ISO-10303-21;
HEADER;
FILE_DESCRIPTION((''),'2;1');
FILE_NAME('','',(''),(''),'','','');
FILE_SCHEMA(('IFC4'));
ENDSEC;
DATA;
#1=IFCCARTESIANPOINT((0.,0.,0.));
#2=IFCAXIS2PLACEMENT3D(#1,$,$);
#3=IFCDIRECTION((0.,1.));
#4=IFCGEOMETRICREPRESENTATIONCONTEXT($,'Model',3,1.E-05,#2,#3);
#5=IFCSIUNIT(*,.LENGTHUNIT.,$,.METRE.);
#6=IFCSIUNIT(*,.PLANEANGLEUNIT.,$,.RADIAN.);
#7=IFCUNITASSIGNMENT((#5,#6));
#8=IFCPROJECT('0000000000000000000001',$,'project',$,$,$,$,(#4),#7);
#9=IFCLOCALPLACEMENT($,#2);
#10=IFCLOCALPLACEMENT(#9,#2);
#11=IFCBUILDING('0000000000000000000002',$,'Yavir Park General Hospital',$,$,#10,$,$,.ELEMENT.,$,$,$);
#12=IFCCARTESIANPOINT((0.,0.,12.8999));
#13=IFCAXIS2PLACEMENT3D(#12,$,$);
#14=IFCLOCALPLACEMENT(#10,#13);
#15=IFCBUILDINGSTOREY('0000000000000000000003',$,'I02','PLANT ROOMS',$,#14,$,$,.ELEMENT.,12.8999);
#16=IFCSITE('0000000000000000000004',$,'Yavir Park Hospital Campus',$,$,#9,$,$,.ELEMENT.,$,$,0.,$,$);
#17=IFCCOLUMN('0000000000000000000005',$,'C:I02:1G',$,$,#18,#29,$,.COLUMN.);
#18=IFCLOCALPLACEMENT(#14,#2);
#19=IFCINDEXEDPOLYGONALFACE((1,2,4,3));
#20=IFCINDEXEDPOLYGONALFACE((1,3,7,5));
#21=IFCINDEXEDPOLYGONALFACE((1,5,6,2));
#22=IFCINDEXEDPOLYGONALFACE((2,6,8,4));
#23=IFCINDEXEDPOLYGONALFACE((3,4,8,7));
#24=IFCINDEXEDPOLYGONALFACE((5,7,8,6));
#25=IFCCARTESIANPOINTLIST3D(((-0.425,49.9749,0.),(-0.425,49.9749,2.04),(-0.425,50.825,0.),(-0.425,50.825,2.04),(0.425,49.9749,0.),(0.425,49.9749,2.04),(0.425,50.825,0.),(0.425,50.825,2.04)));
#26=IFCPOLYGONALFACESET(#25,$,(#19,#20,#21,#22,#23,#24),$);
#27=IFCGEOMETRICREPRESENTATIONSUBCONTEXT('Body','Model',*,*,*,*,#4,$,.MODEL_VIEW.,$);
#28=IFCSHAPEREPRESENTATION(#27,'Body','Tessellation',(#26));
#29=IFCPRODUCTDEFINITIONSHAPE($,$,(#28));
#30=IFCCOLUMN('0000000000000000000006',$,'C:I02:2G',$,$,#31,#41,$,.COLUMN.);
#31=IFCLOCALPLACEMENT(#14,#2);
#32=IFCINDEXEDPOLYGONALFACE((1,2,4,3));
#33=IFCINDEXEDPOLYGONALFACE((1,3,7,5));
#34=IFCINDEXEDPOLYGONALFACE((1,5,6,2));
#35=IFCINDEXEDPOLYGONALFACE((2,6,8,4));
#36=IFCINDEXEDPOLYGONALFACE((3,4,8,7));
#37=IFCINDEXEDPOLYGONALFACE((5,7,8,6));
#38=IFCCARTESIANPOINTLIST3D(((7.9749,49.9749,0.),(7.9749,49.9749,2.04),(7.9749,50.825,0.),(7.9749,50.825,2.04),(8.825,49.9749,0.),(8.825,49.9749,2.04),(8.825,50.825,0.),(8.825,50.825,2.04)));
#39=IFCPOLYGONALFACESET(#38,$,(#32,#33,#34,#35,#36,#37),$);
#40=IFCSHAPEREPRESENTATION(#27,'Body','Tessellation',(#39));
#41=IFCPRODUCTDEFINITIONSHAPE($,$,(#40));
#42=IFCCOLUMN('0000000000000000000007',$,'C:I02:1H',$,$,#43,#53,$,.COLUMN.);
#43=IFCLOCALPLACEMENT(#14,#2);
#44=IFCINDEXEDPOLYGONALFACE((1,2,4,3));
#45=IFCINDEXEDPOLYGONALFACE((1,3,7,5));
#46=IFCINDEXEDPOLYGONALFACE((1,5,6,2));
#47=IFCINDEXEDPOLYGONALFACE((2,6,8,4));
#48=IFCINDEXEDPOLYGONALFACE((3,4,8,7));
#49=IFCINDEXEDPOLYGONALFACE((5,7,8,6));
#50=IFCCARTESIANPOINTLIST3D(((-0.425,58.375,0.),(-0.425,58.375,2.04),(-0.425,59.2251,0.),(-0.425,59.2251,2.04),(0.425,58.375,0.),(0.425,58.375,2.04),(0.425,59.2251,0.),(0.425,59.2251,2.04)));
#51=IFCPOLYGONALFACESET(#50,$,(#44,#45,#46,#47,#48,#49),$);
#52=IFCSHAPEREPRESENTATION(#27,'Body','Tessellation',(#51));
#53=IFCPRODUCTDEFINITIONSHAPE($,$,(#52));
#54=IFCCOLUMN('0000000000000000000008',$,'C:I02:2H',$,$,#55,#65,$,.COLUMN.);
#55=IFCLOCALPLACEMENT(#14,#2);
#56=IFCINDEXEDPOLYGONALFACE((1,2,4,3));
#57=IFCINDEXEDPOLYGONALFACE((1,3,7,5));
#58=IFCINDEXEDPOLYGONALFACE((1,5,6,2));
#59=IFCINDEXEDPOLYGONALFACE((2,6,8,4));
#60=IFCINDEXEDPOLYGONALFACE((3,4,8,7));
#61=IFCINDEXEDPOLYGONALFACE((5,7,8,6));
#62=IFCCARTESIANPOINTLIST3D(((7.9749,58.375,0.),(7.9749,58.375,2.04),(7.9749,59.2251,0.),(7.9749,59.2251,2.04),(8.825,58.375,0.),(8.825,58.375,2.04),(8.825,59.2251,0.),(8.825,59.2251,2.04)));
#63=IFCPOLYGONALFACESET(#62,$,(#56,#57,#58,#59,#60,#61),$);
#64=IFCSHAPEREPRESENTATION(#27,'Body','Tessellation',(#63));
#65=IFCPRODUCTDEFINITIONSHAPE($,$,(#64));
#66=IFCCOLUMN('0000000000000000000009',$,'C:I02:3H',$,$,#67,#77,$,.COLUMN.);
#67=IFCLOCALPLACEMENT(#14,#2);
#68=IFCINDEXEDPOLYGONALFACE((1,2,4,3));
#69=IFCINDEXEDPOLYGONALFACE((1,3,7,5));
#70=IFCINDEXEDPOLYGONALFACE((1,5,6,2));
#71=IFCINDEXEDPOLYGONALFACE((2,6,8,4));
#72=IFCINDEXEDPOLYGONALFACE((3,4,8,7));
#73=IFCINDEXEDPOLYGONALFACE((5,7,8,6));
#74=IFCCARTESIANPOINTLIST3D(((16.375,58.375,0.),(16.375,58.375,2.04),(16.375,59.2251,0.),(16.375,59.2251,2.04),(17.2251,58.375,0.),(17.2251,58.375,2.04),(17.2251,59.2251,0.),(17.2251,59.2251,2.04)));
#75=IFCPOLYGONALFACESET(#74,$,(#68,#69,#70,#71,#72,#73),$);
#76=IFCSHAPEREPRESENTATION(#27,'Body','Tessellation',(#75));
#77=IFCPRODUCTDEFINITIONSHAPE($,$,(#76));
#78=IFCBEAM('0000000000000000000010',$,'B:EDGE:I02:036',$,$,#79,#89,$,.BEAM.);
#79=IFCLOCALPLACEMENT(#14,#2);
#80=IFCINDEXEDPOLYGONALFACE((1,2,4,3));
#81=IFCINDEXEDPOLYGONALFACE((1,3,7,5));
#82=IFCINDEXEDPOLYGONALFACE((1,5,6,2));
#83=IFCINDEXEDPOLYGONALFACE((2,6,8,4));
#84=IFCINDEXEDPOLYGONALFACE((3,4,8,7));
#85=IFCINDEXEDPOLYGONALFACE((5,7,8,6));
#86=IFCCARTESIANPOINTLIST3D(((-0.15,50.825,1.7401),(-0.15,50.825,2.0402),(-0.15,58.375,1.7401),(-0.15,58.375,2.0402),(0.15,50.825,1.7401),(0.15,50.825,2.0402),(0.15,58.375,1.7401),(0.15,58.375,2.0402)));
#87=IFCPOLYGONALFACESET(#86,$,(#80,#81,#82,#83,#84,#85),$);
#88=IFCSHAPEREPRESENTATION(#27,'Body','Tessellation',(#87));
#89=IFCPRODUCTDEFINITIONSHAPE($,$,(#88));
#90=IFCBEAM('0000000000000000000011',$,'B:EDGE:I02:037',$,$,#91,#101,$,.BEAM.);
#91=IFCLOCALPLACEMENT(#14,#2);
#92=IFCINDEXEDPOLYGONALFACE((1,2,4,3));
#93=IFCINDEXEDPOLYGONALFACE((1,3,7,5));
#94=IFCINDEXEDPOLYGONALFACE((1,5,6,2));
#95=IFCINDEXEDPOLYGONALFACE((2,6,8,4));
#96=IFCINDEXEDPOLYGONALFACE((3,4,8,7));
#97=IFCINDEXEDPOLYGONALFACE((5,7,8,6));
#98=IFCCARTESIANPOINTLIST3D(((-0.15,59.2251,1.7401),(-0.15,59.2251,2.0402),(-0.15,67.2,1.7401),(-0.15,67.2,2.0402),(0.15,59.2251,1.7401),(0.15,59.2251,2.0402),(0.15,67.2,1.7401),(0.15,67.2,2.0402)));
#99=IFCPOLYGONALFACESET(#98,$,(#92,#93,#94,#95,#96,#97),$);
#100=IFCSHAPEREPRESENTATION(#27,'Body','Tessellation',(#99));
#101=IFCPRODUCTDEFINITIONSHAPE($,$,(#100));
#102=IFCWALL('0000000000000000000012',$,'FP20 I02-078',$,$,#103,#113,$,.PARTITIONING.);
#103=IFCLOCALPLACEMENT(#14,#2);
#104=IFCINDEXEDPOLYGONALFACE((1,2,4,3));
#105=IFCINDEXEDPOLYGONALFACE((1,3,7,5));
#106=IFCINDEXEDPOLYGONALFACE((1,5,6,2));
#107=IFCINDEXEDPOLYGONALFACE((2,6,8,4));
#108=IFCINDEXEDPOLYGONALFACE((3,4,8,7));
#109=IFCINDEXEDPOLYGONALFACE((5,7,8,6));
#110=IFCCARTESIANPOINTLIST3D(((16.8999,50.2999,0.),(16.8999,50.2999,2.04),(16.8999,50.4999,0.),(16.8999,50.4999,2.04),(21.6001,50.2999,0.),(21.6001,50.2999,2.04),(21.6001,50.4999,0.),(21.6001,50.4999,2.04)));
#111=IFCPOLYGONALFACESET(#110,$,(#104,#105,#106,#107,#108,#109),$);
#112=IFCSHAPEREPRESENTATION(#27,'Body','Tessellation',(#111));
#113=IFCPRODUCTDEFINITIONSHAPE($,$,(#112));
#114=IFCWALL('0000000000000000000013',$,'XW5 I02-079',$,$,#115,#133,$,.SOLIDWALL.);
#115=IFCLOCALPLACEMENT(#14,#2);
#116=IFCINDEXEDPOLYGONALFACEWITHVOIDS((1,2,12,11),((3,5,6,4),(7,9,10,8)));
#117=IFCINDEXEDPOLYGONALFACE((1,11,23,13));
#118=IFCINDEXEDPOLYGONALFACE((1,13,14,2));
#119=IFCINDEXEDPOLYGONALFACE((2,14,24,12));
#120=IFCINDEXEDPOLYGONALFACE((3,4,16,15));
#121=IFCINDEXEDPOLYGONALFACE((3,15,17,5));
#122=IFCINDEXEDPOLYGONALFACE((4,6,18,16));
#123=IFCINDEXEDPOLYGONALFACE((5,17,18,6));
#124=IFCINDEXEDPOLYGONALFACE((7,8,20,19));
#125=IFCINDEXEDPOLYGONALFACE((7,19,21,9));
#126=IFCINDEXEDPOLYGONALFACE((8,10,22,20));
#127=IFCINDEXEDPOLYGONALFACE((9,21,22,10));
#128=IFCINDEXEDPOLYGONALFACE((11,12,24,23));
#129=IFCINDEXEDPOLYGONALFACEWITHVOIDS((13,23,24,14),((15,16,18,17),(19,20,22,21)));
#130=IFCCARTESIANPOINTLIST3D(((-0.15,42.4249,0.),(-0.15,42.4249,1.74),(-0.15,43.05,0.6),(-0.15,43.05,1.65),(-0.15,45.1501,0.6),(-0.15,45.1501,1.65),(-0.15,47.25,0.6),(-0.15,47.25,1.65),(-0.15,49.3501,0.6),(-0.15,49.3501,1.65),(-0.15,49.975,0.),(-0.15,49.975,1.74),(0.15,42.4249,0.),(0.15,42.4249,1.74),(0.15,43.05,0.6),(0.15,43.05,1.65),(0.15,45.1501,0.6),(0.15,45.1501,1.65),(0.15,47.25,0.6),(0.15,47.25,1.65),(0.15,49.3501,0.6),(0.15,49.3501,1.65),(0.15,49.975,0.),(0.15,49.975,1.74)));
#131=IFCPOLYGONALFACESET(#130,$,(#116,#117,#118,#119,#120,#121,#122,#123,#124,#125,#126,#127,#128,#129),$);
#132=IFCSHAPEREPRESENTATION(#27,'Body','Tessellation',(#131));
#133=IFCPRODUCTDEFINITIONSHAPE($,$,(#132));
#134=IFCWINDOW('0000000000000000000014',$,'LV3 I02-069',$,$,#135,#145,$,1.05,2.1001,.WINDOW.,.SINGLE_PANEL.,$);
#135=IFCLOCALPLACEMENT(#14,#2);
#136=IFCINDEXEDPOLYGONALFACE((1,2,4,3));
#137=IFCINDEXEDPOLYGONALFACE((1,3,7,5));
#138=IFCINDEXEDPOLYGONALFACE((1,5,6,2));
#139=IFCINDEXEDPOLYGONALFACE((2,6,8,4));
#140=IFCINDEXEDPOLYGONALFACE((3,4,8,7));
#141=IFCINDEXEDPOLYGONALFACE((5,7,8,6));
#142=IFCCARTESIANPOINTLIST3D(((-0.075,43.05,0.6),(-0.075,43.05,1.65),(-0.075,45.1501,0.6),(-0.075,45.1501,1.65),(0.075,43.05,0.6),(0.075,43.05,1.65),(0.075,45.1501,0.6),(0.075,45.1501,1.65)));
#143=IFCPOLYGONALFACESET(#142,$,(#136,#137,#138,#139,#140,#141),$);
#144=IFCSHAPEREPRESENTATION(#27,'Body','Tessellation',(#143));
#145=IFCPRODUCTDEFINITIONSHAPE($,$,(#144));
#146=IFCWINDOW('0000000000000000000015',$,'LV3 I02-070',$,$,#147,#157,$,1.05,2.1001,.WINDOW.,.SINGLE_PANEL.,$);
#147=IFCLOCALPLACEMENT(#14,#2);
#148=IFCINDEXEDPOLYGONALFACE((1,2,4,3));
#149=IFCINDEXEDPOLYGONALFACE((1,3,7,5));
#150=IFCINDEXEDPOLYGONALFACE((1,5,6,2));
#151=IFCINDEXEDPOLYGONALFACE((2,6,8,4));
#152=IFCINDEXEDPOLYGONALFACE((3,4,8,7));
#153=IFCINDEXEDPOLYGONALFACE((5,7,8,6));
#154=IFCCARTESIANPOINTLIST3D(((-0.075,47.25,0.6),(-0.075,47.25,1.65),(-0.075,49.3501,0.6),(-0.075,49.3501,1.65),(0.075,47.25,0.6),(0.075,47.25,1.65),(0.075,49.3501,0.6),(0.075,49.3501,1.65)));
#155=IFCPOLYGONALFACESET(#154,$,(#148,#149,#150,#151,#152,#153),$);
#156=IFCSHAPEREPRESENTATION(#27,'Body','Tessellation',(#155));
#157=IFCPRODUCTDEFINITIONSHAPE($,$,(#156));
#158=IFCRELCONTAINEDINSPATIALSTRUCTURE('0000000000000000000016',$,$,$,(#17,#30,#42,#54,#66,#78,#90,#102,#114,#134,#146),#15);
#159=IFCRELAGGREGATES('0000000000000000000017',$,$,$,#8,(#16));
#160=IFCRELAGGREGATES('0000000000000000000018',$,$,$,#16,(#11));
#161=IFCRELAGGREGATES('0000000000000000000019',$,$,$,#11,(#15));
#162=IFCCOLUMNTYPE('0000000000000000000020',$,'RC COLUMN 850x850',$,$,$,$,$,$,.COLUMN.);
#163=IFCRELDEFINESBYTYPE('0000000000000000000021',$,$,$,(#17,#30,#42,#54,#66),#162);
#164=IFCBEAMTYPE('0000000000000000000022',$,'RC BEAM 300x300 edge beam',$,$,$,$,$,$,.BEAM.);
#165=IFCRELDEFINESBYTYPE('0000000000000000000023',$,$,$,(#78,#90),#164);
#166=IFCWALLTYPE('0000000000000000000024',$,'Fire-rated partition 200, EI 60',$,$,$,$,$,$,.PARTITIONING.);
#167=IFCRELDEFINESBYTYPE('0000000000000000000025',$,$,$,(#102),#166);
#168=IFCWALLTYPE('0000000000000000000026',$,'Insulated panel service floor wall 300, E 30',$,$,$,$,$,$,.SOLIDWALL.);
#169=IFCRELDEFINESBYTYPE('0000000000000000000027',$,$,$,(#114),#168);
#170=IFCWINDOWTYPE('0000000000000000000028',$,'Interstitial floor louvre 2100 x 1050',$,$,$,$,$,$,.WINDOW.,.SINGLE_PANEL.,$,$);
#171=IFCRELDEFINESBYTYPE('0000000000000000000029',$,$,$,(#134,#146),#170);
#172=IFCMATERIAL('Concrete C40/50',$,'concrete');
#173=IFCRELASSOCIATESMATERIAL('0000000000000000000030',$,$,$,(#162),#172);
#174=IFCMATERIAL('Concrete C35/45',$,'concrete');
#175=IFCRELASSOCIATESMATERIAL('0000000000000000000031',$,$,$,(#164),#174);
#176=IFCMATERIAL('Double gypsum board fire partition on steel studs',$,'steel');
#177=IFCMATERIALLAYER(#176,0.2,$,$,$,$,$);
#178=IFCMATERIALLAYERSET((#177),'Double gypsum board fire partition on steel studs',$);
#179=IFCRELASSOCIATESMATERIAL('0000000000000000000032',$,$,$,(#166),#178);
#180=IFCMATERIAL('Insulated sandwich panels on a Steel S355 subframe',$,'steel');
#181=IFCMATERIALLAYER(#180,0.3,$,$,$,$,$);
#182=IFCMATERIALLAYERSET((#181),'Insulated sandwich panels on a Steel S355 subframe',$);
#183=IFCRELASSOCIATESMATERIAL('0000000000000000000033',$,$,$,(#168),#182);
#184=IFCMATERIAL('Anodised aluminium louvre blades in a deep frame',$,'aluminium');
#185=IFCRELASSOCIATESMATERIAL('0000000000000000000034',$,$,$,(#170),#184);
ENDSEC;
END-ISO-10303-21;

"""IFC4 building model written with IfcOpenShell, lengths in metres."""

from ifc_helpers import new_model, si_unit, direction, frame, frame_2d, origin, origin_2d, place, context, subcontext, project, spatial, rectangle, extrude, material, layer, layer_set, material_profile, profile_set, type_object, element, fill, save


model = new_model("IFC4")

# Units and contexts
model_context = context("Model", 3, precision=1e-05, world=origin(), true_north=direction((0.0, 1.0)))
body_context = subcontext(model_context, "Body", "Model", "MODEL_VIEW")
ifc_project = project(units=[si_unit("LENGTHUNIT", "METRE"), si_unit("PLANEANGLEUNIT", "RADIAN")], contexts=[model_context])

# Site, building, storey
site_placement = place(None, origin())
site = spatial("IfcSite", under=ifc_project, at=site_placement, Name="Yavir Park Hospital Campus", CompositionType="ELEMENT", RefElevation=0.0)
building_placement = place(site_placement, origin())
building = spatial("IfcBuilding", under=site, at=building_placement, Name="Yavir Park General Hospital", CompositionType="ELEMENT")
storey_placement = place(building_placement, frame((0.0, 0.0, 12.8999)))
storey = spatial("IfcBuildingStorey", under=building, at=storey_placement, Name="I02", Description="PLANT ROOMS", CompositionType="ELEMENT", Elevation=12.8999)

# Columns
ifc_material_1 = material(Name="Concrete C40/50", Category="concrete")
ifc_material_profile_1 = material_profile(ifc_material_1, rectangle(XDim=0.8501, YDim=0.8501, at=origin_2d()), Name="RC850x850")
ifc_profile_set_1 = profile_set([ifc_material_profile_1], Name="Concrete C40/50")
column_type = type_object("IfcColumnType", Name="RC COLUMN 850x850", PredefinedType="COLUMN", material=ifc_profile_set_1)
for number, where, z_axis, x_axis, name in (
    (1, (0.0, 50.3999, 0.0), (0.0, 0.0, 1.0), (1.0, 0.0, 0.0), "C:I02:1G"),
    (2, (8.3999, 50.3999, 0.0), (0.0, 0.0, 1.0), (1.0, 0.0, 0.0), "C:I02:2G"),
    (3, (0.0, 58.8, 0.0), (0.0, 0.0, 1.0), (1.0, 0.0, 0.0), "C:I02:1H"),
    (4, (8.3999, 58.8, 0.0), (0.0, 0.0, 1.0), (1.0, 0.0, 0.0), "C:I02:2H"),
    (5, (16.8, 58.8, 0.0), (0.0, 0.0, 1.0), (1.0, 0.0, 0.0), "C:I02:3H"),
):
    element("IfcColumn", number, at=place(storey_placement, frame(where, z_axis=z_axis, x_axis=x_axis)), inside=storey, type_object=column_type, Name=name, PredefinedType="COLUMN", context=body_context, shape_type="SweptSolid", body=[
        extrude(rectangle(XDim=0.8501, YDim=0.8501, at=origin_2d()), origin(), (0.0, 0.0, 1.0), 2.04),
    ])

# Beams
ifc_material_2 = material(Name="Concrete C35/45", Category="concrete")
ifc_material_profile_2 = material_profile(ifc_material_2, rectangle(XDim=0.3, YDim=0.3, at=origin_2d()), Name="RC300x300")
ifc_profile_set_2 = profile_set([ifc_material_profile_2], Name="Concrete C35/45")
beam_type = type_object("IfcBeamType", Name="RC BEAM 300x300 edge beam", PredefinedType="BEAM", material=ifc_profile_set_2)
beam_1_placement = place(storey_placement, frame((0.0, 50.825, 1.8901), z_axis=(0.0, 1.0, 0.0), x_axis=(-1.0, 0.0, 0.0)))
element("IfcBeam", 6, at=beam_1_placement, inside=storey, type_object=beam_type, Name="B:EDGE:I02:036", PredefinedType="BEAM", context=body_context, shape_type="SweptSolid", body=[
    extrude(rectangle(XDim=0.3, YDim=0.3, at=origin_2d()), origin(), (0.0, 0.0, 1.0), 7.55),
])
beam_2_placement = place(storey_placement, frame((0.0, 59.2251, 1.8901), z_axis=(0.0, 1.0, 0.0), x_axis=(-1.0, 0.0, 0.0)))
element("IfcBeam", 7, at=beam_2_placement, inside=storey, type_object=beam_type, Name="B:EDGE:I02:037", PredefinedType="BEAM", context=body_context, shape_type="SweptSolid", body=[
    extrude(rectangle(XDim=0.3, YDim=0.3, at=origin_2d()), origin(), (0.0, 0.0, 1.0), 7.9749),
])

# Wall
ifc_material_3 = material(Name="Double gypsum board fire partition on steel studs", Category="steel")
ifc_layer_1 = layer(ifc_material_3, 0.2)
ifc_layer_set_1 = layer_set([ifc_layer_1], Name="Double gypsum board fire partition on steel studs")
wall_type_1 = type_object("IfcWallType", Name="Fire-rated partition 200, EI 60", PredefinedType="PARTITIONING", material=ifc_layer_set_1)
wall_1_placement = place(storey_placement, frame((16.8999, 50.3999, 0.0), z_axis=(0.0, 0.0, 1.0), x_axis=(1.0, 0.0, 0.0)))
element("IfcWall", 8, at=wall_1_placement, inside=storey, type_object=wall_type_1, Name="FP20 I02-078", PredefinedType="PARTITIONING", context=body_context, shape_type="SweptSolid", body=[
    extrude(rectangle(XDim=4.7002, YDim=0.2, at=frame_2d((2.3501, 0.0))), origin(), (0.0, 0.0, 1.0), 2.04),
])

# Wall, openings, windows
ifc_material_4 = material(Name="Insulated sandwich panels on a Steel S355 subframe", Category="steel")
ifc_layer_2 = layer(ifc_material_4, 0.3)
ifc_layer_set_2 = layer_set([ifc_layer_2], Name="Insulated sandwich panels on a Steel S355 subframe")
wall_type_2 = type_object("IfcWallType", Name="Insulated panel service floor wall 300, E 30", PredefinedType="SOLIDWALL", material=ifc_layer_set_2)
wall_2_placement = place(storey_placement, frame((0.0, 42.425, 0.0), z_axis=(0.0, 0.0, 1.0), x_axis=(0.0, 1.0, 0.0)))
wall_2 = element("IfcWall", 9, at=wall_2_placement, inside=storey, type_object=wall_type_2, Name="XW5 I02-079", PredefinedType="SOLIDWALL", context=body_context, shape_type="SweptSolid", body=[
    extrude(rectangle(XDim=7.55, YDim=0.3, at=frame_2d((3.7749, 0.0))), origin(), (0.0, 0.0, 1.0), 1.74),
])
opening_1_placement = place(wall_2_placement, frame((0.625, 0.0, 0.6001)))
opening_1 = element("IfcOpeningElement", 10, at=opening_1_placement, cuts=wall_2, PredefinedType="OPENING", context=body_context, shape_type="SweptSolid", body=[
    extrude(rectangle(XDim=2.1001, YDim=1.05, at=frame_2d((1.05, 0.5249))), frame((0.0, 0.1599, 0.0), z_axis=(0.0, -1.0, 0.0), x_axis=(1.0, 0.0, 0.0)), (0.0, 0.0, 1.0), 0.3201),
])
opening_2_placement = place(wall_2_placement, frame((4.825, 0.0, 0.6001)))
opening_2 = element("IfcOpeningElement", 11, at=opening_2_placement, cuts=wall_2, PredefinedType="OPENING", context=body_context, shape_type="SweptSolid", body=[
    extrude(rectangle(XDim=2.1001, YDim=1.05, at=frame_2d((1.05, 0.5249))), frame((0.0, 0.1599, 0.0), z_axis=(0.0, -1.0, 0.0), x_axis=(1.0, 0.0, 0.0)), (0.0, 0.0, 1.0), 0.3201),
])
ifc_material_5 = material(Name="Anodised aluminium louvre blades in a deep frame", Category="aluminium")
window_type = type_object("IfcWindowType", Name="Interstitial floor louvre 2100 x 1050", PartitioningType="SINGLE_PANEL", PredefinedType="WINDOW", material=ifc_material_5)
window_1_placement = place(opening_1_placement, origin())
window_1 = element("IfcWindow", 12, at=window_1_placement, inside=storey, type_object=window_type, Name="LV3 I02-069", OverallHeight=1.05, OverallWidth=2.1001, PartitioningType="SINGLE_PANEL", PredefinedType="WINDOW", context=body_context, shape_type="SweptSolid", body=[
    extrude(rectangle(XDim=2.1001, YDim=1.05, at=frame_2d((1.05, 0.5249))), frame((0.0, 0.075, 0.0), z_axis=(0.0, -1.0, 0.0), x_axis=(1.0, 0.0, 0.0)), (0.0, 0.0, 1.0), 0.1499),
])
fill(opening_1, window_1)
window_2_placement = place(opening_2_placement, origin())
window_2 = element("IfcWindow", 13, at=window_2_placement, inside=storey, type_object=window_type, Name="LV3 I02-070", OverallHeight=1.05, OverallWidth=2.1001, PartitioningType="SINGLE_PANEL", PredefinedType="WINDOW", context=body_context, shape_type="SweptSolid", body=[
    extrude(rectangle(XDim=2.1001, YDim=1.05, at=frame_2d((1.05, 0.5249))), frame((0.0, 0.075, 0.0), z_axis=(0.0, -1.0, 0.0), x_axis=(1.0, 0.0, 0.0)), (0.0, 0.0, 1.0), 0.1499),
])
fill(opening_2, window_2)

save(model, "model.ifc")
